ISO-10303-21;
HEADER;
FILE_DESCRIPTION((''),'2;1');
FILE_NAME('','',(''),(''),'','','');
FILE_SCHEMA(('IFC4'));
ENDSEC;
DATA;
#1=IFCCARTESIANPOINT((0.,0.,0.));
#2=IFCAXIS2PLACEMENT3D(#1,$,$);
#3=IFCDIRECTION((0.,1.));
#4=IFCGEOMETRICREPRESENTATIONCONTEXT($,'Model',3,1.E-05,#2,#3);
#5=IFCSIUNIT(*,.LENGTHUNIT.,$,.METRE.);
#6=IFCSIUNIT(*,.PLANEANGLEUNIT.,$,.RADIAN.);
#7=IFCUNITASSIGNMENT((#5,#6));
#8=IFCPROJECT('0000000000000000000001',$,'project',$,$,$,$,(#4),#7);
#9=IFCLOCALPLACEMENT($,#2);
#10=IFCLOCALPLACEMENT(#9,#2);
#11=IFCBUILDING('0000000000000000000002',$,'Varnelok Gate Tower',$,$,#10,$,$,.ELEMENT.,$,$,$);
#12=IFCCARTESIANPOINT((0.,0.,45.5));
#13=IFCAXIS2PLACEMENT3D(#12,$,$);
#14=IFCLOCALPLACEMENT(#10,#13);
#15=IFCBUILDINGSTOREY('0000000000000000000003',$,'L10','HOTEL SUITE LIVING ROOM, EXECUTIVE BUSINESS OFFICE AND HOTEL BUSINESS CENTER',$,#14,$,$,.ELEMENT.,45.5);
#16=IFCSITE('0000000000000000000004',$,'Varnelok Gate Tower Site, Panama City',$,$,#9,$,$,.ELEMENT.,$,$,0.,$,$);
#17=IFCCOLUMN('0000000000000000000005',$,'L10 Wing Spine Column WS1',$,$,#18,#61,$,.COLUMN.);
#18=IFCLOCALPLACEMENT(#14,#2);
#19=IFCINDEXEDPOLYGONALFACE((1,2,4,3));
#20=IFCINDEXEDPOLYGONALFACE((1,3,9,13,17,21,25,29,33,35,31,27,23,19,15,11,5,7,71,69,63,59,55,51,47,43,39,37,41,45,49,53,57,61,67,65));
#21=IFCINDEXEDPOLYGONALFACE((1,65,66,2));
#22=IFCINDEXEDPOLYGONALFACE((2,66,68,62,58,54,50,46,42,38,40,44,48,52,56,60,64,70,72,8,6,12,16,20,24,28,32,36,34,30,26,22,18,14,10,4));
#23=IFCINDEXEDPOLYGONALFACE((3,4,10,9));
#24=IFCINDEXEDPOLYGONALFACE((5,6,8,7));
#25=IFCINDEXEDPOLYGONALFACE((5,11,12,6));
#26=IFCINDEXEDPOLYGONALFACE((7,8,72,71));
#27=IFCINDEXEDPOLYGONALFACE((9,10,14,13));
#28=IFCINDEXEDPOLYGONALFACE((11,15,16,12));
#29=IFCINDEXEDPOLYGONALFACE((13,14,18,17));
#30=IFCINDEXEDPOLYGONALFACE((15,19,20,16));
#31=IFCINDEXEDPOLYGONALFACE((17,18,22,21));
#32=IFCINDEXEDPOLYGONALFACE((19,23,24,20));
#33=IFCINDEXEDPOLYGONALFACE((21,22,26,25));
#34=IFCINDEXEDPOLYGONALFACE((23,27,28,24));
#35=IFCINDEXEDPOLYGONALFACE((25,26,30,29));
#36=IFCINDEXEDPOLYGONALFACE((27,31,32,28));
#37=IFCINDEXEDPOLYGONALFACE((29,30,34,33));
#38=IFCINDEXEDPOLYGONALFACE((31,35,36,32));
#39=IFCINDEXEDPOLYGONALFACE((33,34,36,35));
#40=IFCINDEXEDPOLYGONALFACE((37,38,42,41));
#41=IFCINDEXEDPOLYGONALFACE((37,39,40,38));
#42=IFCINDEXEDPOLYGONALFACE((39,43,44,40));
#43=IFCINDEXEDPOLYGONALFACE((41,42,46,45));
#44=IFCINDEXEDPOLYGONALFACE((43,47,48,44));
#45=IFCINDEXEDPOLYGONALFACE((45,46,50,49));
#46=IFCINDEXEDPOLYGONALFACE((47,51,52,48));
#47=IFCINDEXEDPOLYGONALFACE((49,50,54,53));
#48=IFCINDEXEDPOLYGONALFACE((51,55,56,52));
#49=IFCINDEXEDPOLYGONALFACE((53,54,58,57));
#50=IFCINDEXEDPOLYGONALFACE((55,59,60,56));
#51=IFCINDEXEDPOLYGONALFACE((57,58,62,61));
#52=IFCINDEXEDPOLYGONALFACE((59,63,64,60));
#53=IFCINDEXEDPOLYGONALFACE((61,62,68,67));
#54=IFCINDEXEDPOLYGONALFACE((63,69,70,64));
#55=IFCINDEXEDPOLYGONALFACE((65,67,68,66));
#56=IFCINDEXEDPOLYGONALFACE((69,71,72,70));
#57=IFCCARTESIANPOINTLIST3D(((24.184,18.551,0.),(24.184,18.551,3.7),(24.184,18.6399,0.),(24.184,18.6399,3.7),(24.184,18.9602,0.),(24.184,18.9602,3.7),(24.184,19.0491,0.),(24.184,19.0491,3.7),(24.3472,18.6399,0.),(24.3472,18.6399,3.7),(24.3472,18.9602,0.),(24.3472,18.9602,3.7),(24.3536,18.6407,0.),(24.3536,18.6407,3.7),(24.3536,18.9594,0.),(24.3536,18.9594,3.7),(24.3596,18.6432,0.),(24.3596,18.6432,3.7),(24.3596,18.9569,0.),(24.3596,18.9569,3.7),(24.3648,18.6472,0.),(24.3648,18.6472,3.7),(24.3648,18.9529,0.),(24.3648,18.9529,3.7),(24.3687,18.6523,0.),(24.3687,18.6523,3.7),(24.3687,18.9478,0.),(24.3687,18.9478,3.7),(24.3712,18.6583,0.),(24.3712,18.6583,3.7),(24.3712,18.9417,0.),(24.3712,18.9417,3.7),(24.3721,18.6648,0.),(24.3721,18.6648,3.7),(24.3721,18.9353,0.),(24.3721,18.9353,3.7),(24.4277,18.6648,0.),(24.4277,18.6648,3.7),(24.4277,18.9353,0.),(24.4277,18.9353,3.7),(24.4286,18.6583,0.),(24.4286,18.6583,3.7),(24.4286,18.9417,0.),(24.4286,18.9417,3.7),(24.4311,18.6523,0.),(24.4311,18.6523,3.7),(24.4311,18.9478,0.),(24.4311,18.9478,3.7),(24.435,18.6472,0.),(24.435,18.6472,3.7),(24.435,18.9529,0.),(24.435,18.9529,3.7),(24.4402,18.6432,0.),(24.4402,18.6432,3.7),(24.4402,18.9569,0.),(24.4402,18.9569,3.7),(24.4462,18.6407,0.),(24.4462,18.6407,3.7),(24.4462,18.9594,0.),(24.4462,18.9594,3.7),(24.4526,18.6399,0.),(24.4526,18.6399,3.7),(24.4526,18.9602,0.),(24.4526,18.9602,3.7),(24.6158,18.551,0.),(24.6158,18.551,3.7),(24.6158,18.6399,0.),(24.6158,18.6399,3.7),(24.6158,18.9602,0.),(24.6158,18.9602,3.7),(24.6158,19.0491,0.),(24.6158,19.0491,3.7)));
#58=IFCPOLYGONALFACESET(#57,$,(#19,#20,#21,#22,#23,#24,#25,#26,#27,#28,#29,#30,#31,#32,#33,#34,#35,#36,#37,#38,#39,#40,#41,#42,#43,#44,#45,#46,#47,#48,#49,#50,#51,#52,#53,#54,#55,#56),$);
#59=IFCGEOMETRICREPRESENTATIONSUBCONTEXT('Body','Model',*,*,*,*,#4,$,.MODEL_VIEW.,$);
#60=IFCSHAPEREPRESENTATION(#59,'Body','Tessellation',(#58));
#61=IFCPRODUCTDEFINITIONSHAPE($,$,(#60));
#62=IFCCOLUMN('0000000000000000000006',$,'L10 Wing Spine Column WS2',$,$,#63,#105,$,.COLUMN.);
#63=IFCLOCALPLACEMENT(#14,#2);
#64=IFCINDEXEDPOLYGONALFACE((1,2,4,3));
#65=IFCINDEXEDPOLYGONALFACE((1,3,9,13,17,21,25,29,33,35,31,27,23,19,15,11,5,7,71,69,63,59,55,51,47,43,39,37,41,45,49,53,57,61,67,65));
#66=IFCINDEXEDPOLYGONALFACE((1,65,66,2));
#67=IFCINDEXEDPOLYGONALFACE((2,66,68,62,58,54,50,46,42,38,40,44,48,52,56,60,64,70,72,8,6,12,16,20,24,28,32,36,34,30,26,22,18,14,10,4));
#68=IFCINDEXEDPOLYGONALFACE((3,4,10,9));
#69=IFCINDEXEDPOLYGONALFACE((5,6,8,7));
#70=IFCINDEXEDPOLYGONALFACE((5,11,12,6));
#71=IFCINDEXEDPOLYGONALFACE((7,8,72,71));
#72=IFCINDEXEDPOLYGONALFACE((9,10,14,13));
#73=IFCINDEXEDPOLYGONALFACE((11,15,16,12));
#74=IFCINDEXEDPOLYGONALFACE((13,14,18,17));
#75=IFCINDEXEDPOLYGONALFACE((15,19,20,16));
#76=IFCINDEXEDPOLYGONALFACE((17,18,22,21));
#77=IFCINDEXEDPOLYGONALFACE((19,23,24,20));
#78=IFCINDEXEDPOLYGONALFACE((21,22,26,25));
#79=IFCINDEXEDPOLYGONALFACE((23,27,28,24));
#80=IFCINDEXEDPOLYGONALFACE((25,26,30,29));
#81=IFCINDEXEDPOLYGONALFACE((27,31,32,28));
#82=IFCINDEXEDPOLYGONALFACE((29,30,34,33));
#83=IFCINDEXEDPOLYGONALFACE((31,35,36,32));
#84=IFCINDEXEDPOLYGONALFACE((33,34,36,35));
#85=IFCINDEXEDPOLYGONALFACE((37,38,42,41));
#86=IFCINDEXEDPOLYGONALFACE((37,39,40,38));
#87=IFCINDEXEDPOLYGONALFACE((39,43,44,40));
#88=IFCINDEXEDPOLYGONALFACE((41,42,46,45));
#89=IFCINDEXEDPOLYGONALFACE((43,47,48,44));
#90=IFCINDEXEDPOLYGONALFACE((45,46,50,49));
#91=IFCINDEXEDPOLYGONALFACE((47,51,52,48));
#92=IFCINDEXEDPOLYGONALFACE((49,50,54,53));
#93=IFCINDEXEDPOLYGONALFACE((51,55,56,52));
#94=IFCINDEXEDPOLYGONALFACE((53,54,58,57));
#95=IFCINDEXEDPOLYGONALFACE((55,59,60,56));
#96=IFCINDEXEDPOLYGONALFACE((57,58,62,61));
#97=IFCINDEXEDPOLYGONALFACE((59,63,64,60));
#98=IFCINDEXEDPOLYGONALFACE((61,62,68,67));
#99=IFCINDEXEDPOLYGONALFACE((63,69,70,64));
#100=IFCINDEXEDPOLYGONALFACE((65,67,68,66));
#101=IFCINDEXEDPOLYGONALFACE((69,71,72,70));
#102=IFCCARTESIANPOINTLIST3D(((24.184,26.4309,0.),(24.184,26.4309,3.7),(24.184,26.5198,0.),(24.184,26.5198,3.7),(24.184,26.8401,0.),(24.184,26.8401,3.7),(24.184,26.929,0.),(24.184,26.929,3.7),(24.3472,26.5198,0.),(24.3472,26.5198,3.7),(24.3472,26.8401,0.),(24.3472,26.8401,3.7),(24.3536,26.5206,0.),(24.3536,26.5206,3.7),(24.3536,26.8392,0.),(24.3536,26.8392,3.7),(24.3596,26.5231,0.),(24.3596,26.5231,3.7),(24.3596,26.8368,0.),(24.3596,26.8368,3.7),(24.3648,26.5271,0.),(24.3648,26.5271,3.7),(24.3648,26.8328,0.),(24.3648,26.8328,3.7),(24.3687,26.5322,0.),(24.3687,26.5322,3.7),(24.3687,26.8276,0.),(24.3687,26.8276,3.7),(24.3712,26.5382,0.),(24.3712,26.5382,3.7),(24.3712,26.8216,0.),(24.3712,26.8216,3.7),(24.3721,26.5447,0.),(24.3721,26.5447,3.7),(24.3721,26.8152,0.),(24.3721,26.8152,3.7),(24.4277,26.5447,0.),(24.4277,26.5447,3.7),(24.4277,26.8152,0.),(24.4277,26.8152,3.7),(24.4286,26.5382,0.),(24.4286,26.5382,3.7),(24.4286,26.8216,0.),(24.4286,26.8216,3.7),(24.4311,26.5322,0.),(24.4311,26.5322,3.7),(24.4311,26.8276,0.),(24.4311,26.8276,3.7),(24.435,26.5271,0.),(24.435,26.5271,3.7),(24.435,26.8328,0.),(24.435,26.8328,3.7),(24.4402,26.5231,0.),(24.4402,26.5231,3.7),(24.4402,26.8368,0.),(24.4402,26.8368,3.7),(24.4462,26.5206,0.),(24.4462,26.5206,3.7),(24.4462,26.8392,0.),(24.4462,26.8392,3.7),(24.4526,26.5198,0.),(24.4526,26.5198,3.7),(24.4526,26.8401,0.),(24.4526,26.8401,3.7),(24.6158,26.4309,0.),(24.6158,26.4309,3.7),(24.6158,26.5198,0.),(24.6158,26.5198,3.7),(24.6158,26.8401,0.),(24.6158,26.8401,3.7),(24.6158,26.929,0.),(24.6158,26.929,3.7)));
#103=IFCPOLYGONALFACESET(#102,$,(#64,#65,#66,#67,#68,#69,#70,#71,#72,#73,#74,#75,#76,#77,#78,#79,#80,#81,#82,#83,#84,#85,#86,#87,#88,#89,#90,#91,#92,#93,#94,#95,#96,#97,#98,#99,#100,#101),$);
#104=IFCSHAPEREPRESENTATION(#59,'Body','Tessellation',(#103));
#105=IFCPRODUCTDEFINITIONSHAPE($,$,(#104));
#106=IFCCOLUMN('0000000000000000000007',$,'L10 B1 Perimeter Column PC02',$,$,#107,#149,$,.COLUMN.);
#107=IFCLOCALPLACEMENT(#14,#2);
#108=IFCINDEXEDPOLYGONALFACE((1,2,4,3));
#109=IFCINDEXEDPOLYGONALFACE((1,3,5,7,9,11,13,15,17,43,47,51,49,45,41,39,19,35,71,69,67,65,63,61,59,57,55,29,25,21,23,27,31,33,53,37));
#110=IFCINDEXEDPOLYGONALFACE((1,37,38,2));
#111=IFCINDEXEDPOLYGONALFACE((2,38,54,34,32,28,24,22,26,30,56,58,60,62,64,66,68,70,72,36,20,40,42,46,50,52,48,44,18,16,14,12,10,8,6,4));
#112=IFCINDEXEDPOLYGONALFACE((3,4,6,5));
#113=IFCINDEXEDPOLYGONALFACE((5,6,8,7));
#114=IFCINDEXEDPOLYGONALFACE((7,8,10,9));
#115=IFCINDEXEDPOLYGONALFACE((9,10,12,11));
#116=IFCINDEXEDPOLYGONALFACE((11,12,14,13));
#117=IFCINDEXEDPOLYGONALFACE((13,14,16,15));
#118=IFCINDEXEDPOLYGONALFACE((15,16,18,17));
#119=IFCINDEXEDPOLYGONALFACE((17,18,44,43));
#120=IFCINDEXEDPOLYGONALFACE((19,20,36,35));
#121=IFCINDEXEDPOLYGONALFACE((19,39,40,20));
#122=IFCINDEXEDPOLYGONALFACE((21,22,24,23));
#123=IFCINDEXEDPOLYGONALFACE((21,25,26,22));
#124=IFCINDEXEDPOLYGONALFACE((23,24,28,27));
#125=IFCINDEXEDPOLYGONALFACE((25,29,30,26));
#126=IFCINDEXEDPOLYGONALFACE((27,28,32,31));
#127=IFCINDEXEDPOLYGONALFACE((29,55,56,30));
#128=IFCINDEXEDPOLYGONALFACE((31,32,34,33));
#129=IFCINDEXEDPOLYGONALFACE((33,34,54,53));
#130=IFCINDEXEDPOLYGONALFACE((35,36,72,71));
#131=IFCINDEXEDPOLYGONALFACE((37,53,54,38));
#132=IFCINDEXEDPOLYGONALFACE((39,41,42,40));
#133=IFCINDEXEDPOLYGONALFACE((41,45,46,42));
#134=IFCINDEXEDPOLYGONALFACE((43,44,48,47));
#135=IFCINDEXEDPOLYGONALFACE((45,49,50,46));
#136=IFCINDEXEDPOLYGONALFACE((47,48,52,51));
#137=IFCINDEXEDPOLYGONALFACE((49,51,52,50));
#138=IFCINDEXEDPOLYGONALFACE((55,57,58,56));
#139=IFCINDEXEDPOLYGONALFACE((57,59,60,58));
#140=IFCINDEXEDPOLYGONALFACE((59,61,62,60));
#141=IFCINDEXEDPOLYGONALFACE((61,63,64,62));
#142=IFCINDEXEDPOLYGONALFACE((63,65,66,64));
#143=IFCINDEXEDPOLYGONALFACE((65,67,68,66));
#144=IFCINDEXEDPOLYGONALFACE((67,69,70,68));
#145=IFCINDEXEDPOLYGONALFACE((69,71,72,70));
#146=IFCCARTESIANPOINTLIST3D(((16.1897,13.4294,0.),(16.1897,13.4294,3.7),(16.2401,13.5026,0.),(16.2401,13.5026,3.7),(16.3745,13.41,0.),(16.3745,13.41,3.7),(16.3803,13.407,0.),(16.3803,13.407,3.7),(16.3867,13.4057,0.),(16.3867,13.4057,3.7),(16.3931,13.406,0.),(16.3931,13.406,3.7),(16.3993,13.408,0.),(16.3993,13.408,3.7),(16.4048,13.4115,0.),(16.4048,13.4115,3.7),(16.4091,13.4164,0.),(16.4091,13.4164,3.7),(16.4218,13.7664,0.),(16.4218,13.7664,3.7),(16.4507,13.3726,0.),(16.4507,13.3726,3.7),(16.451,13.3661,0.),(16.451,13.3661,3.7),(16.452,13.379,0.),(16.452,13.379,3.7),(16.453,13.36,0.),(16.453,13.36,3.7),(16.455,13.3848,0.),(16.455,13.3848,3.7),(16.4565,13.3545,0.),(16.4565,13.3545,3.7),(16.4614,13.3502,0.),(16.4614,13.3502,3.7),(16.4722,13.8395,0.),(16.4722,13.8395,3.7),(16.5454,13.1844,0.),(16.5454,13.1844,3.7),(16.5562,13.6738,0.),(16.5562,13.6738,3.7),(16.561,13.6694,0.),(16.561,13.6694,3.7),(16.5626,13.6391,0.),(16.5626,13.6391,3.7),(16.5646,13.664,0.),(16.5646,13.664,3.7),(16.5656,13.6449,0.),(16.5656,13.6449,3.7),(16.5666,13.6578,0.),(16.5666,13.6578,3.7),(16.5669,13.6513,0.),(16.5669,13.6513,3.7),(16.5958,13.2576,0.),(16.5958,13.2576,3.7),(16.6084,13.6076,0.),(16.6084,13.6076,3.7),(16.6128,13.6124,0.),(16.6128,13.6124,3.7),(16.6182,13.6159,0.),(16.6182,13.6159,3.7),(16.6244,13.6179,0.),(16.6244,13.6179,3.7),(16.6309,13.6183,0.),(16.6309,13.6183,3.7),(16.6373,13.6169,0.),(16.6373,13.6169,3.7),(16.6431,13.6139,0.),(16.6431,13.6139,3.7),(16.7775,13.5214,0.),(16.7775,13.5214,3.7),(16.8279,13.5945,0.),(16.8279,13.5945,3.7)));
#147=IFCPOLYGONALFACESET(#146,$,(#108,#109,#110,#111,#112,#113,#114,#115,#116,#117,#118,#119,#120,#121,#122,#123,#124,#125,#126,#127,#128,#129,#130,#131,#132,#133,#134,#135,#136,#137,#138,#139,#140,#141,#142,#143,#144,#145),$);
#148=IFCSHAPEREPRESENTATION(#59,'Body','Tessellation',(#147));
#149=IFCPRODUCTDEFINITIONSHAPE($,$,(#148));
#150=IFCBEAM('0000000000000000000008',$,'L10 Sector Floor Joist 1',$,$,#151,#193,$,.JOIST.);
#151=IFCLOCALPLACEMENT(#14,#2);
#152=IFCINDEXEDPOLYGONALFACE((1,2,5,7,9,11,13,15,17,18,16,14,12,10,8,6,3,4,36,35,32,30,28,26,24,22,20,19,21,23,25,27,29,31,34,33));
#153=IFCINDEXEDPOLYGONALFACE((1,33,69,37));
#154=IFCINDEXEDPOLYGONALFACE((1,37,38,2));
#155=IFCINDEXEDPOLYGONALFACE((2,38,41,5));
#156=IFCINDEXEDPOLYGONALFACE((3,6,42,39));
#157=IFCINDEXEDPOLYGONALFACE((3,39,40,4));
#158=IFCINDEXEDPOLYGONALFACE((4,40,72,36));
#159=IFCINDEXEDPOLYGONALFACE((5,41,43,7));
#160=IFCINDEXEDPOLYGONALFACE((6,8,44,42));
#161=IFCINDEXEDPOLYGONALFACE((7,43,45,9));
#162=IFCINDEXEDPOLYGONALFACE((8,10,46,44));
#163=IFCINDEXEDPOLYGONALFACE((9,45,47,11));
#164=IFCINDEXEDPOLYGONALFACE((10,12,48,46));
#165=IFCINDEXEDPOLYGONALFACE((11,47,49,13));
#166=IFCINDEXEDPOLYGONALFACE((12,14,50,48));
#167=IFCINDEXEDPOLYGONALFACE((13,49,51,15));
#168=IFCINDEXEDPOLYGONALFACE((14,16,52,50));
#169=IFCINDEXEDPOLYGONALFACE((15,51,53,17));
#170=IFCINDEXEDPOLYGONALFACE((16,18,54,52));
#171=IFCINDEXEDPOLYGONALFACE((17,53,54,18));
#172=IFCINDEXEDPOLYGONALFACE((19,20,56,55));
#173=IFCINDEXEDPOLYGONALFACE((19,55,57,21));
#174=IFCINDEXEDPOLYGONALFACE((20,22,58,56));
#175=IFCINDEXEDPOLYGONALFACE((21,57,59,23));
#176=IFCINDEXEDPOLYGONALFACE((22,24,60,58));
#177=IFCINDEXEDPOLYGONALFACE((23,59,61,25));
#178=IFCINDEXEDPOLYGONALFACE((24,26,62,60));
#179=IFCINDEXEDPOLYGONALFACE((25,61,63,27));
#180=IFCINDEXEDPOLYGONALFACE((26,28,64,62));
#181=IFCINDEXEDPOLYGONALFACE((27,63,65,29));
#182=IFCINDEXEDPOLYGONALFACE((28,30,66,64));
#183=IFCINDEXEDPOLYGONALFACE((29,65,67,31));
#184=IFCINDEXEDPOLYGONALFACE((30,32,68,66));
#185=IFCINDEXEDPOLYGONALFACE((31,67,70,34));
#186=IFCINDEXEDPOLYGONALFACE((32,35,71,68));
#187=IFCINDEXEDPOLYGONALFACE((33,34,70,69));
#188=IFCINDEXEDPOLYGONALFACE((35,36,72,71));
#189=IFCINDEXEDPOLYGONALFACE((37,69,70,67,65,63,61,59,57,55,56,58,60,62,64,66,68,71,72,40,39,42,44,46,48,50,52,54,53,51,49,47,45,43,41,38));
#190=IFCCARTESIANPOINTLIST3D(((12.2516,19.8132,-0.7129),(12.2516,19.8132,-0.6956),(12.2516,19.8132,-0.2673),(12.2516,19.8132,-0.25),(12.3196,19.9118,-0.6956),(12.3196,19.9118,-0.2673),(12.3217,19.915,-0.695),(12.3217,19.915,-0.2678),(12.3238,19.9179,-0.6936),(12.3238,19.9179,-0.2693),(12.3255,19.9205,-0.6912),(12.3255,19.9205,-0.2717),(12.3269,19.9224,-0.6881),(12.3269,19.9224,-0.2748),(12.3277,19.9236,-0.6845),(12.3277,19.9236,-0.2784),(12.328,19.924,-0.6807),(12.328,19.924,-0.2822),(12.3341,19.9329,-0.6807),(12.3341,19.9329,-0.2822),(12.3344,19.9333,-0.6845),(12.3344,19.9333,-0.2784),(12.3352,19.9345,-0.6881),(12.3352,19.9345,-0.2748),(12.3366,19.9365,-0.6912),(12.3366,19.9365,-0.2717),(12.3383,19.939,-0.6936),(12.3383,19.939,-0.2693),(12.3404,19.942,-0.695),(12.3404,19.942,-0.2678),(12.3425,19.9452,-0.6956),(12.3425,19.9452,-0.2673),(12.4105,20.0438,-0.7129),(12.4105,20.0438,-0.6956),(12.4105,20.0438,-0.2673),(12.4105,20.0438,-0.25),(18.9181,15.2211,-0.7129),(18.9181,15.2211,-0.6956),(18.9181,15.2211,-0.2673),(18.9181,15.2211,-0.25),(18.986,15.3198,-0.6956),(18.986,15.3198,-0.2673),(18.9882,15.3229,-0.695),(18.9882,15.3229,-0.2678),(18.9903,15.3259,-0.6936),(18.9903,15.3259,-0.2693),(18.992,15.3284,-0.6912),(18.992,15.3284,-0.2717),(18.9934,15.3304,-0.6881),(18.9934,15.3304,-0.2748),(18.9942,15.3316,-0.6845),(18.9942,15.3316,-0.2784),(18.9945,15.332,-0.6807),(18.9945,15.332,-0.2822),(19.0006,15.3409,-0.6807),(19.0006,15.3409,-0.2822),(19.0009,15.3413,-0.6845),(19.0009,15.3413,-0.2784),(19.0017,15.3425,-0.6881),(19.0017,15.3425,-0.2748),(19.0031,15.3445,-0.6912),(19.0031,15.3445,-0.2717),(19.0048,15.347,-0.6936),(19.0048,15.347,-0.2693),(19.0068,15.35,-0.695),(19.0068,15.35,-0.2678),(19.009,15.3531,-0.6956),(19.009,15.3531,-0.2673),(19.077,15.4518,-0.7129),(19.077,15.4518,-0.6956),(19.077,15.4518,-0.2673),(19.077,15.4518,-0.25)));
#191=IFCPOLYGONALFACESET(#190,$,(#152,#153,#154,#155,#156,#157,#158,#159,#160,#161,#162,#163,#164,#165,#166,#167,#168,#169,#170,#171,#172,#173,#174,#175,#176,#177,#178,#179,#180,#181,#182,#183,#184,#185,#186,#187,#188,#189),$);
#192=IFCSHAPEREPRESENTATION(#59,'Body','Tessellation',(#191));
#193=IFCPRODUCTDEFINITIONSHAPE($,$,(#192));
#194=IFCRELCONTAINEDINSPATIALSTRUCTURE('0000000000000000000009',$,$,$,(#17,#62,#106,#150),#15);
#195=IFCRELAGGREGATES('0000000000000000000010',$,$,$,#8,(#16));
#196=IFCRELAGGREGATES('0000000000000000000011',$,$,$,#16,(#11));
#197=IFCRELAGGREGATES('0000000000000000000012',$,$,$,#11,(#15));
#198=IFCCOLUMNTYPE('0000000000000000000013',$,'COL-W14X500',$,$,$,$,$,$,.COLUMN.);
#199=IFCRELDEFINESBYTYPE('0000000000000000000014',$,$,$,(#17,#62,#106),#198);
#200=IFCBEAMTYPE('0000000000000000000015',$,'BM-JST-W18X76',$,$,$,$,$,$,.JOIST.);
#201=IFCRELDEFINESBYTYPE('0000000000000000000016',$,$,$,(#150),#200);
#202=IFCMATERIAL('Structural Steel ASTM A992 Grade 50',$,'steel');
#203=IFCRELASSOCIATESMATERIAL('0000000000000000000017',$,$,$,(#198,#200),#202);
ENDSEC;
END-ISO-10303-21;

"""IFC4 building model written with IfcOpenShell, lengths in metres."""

from ifc_helpers import new_model, si_unit, direction, frame, origin, origin_2d, place, context, subcontext, project, spatial, i_section, extrude, material, material_profile, profile_set, type_object, element, save


model = new_model("IFC4")

# Units and contexts
model_context = context("Model", 3, precision=1e-05, world=origin(), true_north=direction((0.0, 1.0)))
body_context = subcontext(model_context, "Body", "Model", "MODEL_VIEW")
ifc_project = project(units=[si_unit("LENGTHUNIT", "METRE"), si_unit("PLANEANGLEUNIT", "RADIAN")], contexts=[model_context])

# Site, building, storey
site_placement = place(None, origin())
site = spatial("IfcSite", under=ifc_project, at=site_placement, Name="Varnelok Gate Tower Site, Panama City", CompositionType="ELEMENT", RefElevation=0.0)
building_placement = place(site_placement, origin())
building = spatial("IfcBuilding", under=site, at=building_placement, Name="Varnelok Gate Tower", CompositionType="ELEMENT")
storey_placement = place(building_placement, frame((0.0, 0.0, 45.5)))
storey = spatial("IfcBuildingStorey", under=building, at=storey_placement, Name="L10", Description="HOTEL SUITE LIVING ROOM, EXECUTIVE BUSINESS OFFICE AND HOTEL BUSINESS CENTER", CompositionType="ELEMENT", Elevation=45.5)

# Columns
ifc_material_1 = material(Name="Structural Steel ASTM A992 Grade 50", Category="steel")
ifc_material_profile_1 = material_profile(ifc_material_1, i_section(OverallWidth=0.4319, OverallDepth=0.498, WebThickness=0.0557, FlangeThickness=0.0889, FilletRadius=0.0249, at=origin_2d()), Name="W14X500")
ifc_profile_set_1 = profile_set([ifc_material_profile_1], Name="Structural Steel ASTM A992 Grade 50")
column_type = type_object("IfcColumnType", Name="COL-W14X500", PredefinedType="COLUMN", material=ifc_profile_set_1)
for number, where, z_axis, x_axis, name in (
    (1, (24.3999, 18.8, 0.0), (0.0, 0.0, 1.0), (1.0, 0.0, 0.0), "L10 Wing Spine Column WS1"),
    (2, (24.3999, 26.6799, 0.0), (0.0, 0.0, 1.0), (1.0, 0.0, 0.0), "L10 Wing Spine Column WS2"),
    (3, (16.5088, 13.512, 0.0), (0.0, 0.0, 1.0), (0.823533, -0.567269, 0.0), "L10 B1 Perimeter Column PC02"),
):
    element("IfcColumn", number, at=place(storey_placement, frame(where, z_axis=z_axis, x_axis=x_axis)), inside=storey, type_object=column_type, Name=name, PredefinedType="COLUMN", context=body_context, shape_type="SweptSolid", body=[
        extrude(i_section(OverallWidth=0.4319, OverallDepth=0.498, WebThickness=0.0557, FlangeThickness=0.0889, FilletRadius=0.0249, at=origin_2d()), origin(), (0.0, 0.0, 1.0), 3.7),
    ])

# Beam
ifc_material_profile_2 = material_profile(ifc_material_1, i_section(OverallWidth=0.28, OverallDepth=0.4629, WebThickness=0.0107, FlangeThickness=0.0173, FilletRadius=0.0149, at=origin_2d()), Name="W18X76")
ifc_profile_set_2 = profile_set([ifc_material_profile_2], Name="Structural Steel ASTM A992 Grade 50")
beam_type_1 = type_object("IfcBeamType", Name="BM-JST-W18X76", PredefinedType="JOIST", material=ifc_profile_set_2)
beam_1_placement = place(storey_placement, frame((12.3311, 19.9285, -0.4814), z_axis=(0.823533, -0.567268, 0.0), x_axis=(0.567268, 0.823533, 0.0)))
element("IfcBeam", 4, at=beam_1_placement, inside=storey, type_object=beam_type_1, Name="L10 Sector Floor Joist 1", PredefinedType="JOIST", context=body_context, shape_type="SweptSolid", body=[
    extrude(i_section(OverallWidth=0.28, OverallDepth=0.4629, WebThickness=0.0107, FlangeThickness=0.0173, FilletRadius=0.0149, at=origin_2d()), origin(), (0.0, 0.0, 1.0), 8.095),
])

save(model, "model.ifc")
